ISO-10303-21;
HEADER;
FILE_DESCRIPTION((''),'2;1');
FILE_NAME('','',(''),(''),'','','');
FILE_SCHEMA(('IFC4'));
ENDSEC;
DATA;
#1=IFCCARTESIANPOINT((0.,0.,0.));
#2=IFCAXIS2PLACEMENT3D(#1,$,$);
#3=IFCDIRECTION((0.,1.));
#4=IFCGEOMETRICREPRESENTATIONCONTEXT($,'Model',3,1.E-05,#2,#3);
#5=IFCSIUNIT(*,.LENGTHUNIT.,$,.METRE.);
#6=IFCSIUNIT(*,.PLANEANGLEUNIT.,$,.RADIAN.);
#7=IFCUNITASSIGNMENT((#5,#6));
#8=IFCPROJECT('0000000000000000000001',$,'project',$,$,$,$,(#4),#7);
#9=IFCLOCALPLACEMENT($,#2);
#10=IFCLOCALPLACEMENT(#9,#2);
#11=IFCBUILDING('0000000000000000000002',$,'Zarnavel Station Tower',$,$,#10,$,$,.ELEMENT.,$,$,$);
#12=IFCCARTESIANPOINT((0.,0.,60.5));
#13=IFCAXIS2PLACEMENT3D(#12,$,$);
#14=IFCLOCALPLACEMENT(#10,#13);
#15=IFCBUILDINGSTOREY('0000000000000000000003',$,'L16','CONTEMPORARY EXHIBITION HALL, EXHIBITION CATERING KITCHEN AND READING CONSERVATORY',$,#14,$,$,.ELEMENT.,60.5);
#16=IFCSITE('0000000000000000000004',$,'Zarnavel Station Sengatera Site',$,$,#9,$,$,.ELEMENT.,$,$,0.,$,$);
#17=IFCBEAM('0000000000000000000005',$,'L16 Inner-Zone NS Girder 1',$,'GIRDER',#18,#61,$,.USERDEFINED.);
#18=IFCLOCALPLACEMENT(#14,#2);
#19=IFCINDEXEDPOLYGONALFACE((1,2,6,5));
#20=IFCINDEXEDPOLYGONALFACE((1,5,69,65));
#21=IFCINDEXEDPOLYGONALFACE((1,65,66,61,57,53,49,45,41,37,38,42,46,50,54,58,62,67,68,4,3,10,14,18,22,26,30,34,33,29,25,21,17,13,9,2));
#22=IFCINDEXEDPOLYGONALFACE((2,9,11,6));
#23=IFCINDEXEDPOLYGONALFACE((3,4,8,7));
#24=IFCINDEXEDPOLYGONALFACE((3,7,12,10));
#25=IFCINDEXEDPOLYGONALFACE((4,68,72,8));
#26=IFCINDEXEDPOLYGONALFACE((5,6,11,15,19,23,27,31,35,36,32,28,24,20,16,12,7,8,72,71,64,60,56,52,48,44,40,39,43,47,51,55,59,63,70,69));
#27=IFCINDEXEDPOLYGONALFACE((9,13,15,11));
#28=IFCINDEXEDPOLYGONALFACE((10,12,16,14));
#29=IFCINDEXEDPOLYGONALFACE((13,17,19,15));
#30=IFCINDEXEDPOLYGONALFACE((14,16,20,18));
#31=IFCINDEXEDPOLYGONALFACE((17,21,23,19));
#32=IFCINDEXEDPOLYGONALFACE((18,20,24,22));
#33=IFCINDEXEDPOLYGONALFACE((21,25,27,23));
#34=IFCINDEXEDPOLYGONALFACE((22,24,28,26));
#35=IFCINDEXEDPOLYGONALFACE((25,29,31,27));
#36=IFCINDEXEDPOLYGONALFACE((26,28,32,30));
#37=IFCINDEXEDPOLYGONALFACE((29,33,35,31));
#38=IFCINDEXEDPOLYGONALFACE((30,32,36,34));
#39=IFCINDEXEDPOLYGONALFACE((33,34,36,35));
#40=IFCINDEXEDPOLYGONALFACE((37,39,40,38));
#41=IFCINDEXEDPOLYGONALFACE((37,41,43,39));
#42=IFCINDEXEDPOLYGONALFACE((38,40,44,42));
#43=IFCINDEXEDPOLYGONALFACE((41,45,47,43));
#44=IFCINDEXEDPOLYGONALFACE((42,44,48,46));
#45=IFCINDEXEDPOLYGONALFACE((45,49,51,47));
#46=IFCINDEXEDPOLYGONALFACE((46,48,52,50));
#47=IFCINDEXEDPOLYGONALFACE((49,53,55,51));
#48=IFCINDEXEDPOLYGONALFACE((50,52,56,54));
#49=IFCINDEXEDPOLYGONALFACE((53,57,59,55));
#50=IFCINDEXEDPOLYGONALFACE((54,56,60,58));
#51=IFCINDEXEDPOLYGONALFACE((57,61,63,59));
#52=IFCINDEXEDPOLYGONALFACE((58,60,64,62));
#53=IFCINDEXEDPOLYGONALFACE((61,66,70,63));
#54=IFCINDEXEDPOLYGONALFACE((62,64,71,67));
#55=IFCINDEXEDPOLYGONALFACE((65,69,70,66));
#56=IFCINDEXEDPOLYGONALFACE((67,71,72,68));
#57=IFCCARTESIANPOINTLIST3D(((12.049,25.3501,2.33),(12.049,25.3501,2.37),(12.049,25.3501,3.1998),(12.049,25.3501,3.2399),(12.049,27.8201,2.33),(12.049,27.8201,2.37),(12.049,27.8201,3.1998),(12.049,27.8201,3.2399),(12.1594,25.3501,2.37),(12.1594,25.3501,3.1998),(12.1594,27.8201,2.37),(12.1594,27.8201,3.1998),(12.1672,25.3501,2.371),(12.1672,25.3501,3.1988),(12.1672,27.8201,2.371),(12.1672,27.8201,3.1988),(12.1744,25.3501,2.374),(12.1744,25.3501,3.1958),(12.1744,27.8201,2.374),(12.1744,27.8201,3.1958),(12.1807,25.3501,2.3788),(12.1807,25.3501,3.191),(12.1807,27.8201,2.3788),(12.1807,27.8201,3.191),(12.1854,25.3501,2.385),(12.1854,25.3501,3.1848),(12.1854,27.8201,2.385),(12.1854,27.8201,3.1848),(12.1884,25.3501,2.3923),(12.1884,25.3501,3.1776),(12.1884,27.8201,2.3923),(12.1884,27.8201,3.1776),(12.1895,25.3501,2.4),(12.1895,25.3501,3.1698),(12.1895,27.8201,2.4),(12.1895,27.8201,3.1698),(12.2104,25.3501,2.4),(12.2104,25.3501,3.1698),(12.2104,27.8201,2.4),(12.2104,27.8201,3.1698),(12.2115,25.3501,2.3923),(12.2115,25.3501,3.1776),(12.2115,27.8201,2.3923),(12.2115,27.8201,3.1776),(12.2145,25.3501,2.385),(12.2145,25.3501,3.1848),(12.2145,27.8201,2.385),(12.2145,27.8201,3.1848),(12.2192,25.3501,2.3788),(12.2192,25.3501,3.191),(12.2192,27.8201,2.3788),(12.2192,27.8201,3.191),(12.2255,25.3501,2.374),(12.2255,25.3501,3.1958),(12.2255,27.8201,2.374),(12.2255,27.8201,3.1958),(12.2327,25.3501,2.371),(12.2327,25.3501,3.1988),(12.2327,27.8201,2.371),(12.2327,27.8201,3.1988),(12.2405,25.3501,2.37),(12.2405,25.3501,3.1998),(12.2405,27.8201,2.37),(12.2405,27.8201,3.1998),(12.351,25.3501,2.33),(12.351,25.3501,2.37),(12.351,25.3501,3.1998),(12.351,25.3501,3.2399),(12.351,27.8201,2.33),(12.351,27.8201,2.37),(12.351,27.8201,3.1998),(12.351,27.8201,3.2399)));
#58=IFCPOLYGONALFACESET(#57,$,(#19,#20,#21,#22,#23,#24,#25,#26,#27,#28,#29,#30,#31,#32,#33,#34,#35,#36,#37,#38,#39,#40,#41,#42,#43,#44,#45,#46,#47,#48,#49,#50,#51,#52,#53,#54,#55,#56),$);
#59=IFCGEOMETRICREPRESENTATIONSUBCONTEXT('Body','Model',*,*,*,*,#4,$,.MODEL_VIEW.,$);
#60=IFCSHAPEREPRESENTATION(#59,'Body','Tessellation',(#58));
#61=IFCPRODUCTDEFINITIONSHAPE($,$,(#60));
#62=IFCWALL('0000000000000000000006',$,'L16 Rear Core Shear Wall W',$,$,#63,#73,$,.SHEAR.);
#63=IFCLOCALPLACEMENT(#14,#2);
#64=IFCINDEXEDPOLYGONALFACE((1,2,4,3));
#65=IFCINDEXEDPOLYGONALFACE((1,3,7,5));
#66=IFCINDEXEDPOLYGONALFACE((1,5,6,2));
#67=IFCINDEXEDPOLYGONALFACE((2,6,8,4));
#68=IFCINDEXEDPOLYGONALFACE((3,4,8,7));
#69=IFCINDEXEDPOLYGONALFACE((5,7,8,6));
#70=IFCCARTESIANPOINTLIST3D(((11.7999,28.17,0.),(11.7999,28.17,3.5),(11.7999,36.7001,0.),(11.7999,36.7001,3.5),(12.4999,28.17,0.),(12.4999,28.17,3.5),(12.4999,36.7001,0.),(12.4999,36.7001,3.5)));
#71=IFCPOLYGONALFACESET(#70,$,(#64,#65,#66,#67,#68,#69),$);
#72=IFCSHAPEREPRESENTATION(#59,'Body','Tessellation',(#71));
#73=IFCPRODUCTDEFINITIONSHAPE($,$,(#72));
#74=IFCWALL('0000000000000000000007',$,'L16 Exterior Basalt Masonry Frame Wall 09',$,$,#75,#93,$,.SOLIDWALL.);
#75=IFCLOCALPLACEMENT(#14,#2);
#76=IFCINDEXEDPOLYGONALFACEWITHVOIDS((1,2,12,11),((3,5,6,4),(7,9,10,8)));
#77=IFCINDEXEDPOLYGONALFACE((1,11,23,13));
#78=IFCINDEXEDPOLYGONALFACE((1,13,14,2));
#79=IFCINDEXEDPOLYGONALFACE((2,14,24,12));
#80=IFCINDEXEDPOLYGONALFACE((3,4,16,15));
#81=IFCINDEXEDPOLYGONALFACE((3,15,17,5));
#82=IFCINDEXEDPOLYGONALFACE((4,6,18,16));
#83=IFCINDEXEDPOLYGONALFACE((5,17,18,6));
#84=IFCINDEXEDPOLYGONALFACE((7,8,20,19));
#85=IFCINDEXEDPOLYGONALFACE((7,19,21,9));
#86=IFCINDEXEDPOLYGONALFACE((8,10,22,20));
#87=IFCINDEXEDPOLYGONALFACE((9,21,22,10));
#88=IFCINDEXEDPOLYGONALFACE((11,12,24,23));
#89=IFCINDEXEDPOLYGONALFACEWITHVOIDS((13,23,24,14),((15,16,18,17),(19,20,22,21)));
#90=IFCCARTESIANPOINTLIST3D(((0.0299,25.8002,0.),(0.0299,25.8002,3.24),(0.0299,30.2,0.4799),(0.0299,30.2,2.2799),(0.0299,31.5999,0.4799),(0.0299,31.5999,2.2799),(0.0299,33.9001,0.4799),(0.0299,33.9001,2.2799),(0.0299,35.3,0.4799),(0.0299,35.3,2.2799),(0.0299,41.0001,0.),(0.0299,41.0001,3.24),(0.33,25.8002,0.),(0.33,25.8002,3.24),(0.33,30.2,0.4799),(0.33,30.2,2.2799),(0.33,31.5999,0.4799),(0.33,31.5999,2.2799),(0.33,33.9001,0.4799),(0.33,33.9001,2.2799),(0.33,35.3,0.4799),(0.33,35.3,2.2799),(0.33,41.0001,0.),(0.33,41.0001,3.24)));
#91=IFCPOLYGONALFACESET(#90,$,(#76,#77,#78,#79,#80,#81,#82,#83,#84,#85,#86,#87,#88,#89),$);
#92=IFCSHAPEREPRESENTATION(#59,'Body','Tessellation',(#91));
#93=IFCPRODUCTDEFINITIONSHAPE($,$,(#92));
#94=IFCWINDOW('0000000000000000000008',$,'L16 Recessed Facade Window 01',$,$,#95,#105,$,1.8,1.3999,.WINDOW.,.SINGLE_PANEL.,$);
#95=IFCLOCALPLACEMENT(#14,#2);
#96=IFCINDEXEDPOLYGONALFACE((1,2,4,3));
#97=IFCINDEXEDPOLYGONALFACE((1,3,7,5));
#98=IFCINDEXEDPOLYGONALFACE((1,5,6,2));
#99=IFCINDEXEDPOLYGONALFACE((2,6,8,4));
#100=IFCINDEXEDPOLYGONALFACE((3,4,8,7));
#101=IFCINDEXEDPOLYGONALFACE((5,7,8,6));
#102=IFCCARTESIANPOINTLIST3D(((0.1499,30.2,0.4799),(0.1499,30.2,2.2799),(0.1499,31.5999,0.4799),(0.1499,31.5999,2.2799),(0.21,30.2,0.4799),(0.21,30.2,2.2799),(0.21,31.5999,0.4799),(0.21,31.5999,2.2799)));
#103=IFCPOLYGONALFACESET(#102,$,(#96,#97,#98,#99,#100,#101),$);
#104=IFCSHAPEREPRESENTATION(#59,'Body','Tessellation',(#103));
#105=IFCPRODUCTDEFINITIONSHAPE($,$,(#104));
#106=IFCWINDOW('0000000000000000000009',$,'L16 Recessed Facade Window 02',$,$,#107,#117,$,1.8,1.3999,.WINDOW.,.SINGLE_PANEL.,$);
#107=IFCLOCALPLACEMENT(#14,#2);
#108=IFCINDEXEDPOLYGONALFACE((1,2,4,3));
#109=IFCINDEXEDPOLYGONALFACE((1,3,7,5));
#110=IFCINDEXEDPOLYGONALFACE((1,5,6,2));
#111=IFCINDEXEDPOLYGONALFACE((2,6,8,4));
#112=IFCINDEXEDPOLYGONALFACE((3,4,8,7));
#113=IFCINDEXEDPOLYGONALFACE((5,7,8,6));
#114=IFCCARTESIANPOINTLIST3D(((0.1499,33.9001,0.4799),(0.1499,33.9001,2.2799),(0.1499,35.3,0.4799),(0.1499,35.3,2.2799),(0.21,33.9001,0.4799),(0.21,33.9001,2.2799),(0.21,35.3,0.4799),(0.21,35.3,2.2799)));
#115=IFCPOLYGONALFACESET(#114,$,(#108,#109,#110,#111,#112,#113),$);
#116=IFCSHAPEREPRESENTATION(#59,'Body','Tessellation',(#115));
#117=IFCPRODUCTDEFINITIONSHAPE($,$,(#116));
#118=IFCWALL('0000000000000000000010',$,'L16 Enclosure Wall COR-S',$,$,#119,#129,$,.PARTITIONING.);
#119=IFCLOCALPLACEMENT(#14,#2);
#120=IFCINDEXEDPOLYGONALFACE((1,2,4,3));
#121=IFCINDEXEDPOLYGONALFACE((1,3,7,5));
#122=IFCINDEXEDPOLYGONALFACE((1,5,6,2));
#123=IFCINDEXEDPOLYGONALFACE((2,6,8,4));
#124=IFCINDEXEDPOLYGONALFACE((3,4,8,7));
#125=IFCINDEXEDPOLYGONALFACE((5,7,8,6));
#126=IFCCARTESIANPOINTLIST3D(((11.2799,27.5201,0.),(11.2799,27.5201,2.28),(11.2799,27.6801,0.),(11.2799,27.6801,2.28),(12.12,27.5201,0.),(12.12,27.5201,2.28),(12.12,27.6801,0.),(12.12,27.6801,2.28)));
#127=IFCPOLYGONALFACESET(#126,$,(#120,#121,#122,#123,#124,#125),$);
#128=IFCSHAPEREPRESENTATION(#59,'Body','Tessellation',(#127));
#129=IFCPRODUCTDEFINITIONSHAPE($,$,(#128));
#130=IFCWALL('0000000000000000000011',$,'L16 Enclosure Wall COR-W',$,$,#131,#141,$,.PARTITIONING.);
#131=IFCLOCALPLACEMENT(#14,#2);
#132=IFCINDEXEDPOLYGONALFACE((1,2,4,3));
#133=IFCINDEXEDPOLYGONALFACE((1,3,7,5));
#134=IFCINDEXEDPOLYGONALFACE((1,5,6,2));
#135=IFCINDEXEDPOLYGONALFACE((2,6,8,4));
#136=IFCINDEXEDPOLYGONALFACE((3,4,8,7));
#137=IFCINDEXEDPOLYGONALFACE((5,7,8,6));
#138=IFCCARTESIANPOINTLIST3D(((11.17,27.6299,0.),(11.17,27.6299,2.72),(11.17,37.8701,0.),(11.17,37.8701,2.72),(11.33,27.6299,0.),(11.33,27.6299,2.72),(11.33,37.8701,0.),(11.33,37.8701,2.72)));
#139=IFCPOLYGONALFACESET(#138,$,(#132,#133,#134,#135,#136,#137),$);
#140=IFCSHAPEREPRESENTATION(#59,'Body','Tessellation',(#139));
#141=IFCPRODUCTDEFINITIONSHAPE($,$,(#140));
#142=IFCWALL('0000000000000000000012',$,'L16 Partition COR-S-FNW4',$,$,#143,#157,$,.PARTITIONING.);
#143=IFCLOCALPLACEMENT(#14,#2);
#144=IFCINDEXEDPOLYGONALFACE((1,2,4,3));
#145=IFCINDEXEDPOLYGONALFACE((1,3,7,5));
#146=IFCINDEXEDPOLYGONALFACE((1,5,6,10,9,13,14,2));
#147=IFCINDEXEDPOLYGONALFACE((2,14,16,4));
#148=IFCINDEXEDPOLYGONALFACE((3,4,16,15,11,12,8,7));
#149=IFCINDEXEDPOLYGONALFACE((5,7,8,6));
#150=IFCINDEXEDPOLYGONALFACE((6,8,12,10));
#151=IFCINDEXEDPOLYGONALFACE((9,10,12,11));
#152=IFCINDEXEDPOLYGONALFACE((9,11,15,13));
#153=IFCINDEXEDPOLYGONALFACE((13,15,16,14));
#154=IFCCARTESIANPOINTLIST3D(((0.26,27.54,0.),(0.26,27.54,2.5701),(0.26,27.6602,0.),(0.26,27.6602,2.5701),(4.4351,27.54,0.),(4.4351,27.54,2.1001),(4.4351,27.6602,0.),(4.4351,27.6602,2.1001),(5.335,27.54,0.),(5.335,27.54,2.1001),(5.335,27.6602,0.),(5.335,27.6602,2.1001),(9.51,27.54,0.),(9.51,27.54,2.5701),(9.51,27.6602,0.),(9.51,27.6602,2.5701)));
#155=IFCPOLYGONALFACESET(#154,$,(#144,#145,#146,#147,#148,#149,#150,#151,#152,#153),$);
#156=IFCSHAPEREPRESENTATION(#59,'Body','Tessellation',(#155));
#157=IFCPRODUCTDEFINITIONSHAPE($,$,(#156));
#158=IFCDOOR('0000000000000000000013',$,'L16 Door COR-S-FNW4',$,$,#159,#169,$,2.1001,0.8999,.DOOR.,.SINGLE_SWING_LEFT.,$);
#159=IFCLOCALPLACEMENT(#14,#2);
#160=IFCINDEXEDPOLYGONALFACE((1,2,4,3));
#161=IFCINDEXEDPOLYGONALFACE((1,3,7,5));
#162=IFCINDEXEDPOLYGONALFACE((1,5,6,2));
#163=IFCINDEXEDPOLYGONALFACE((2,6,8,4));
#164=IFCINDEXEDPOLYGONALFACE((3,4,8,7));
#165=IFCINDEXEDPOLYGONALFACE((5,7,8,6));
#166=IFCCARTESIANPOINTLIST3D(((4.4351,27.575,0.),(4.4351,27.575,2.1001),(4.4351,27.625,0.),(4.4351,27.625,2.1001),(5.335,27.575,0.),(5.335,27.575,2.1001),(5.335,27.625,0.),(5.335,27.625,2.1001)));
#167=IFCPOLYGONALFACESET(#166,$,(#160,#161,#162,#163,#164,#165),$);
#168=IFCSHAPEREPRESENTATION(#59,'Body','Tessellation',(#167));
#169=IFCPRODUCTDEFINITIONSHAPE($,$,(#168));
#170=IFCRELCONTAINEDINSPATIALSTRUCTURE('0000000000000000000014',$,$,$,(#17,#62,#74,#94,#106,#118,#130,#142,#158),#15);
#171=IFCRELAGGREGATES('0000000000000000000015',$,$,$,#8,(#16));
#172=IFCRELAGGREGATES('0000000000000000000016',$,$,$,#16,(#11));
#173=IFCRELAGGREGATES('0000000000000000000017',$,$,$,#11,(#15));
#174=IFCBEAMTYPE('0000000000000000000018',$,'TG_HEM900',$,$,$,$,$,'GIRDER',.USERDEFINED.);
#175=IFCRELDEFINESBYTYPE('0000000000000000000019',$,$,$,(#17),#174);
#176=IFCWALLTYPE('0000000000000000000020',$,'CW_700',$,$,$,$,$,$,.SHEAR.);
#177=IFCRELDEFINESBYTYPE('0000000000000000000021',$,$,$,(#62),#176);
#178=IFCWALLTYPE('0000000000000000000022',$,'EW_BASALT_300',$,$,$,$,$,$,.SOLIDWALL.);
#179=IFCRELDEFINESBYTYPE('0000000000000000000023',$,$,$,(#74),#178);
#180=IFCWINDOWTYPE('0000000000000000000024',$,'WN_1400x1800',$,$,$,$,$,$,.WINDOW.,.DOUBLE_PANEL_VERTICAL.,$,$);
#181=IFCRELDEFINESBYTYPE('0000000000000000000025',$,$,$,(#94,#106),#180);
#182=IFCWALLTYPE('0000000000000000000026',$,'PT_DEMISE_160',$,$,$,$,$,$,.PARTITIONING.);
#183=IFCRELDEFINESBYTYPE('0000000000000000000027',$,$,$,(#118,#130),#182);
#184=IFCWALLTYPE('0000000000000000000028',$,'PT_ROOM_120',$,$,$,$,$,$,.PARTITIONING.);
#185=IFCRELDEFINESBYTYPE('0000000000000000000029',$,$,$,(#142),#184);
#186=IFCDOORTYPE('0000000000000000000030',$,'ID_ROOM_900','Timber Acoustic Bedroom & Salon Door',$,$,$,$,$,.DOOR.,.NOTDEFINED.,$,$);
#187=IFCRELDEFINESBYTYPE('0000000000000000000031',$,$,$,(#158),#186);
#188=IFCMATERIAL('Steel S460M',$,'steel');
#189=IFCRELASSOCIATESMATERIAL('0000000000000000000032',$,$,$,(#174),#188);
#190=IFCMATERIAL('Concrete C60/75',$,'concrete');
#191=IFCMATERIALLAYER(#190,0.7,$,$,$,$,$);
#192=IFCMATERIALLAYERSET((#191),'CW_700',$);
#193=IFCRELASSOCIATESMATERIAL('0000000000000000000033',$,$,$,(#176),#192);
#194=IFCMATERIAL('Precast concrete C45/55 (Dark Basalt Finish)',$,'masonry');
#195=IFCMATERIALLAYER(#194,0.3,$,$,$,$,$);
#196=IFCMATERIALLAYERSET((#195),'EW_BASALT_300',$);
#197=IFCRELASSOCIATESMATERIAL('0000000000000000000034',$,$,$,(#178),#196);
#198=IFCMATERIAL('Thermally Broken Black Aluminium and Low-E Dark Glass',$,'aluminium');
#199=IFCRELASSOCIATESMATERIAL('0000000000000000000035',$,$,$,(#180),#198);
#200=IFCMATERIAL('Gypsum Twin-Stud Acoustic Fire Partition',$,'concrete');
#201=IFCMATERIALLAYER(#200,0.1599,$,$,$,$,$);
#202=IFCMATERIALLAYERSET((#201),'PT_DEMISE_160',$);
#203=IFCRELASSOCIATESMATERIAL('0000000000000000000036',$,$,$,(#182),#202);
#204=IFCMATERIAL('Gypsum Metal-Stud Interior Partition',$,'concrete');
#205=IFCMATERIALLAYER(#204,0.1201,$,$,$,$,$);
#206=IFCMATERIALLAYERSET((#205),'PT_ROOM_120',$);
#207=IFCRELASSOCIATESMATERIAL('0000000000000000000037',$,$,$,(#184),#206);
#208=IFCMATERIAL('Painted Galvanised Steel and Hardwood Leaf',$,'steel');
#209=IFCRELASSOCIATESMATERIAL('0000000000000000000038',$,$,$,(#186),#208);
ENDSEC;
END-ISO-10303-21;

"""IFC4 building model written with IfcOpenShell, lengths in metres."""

from ifc_helpers import new_model, si_unit, direction, frame, frame_2d, origin, origin_2d, place, context, subcontext, project, spatial, rectangle, i_section, extrude, material, layer, layer_set, material_profile, profile_set, type_object, element, fill, save


model = new_model("IFC4")

# Units and contexts
model_context = context("Model", 3, precision=1e-05, world=origin(), true_north=direction((0.0, 1.0)))
body_context = subcontext(model_context, "Body", "Model", "MODEL_VIEW")
ifc_project = project(units=[si_unit("LENGTHUNIT", "METRE"), si_unit("PLANEANGLEUNIT", "RADIAN")], contexts=[model_context])

# Site, building, storey
site_placement = place(None, origin())
site = spatial("IfcSite", under=ifc_project, at=site_placement, Name="Zarnavel Station Sengatera Site", CompositionType="ELEMENT", RefElevation=0.0)
building_placement = place(site_placement, origin())
building = spatial("IfcBuilding", under=site, at=building_placement, Name="Zarnavel Station Tower", CompositionType="ELEMENT")
storey_placement = place(building_placement, frame((0.0, 0.0, 60.5)))
storey = spatial("IfcBuildingStorey", under=building, at=storey_placement, Name="L16", Description="CONTEMPORARY EXHIBITION HALL, EXHIBITION CATERING KITCHEN AND READING CONSERVATORY", CompositionType="ELEMENT", Elevation=60.5)

# Beam
ifc_material_1 = material(Name="Steel S460M", Category="steel")
ifc_material_profile_1 = material_profile(ifc_material_1, i_section(OverallWidth=0.302, OverallDepth=0.9099, WebThickness=0.021, FlangeThickness=0.04, FilletRadius=0.03, at=origin_2d()), Name="HEM900")
ifc_profile_set_1 = profile_set([ifc_material_profile_1], Name="Steel S460M")
beam_type_1 = type_object("IfcBeamType", Name="TG_HEM900", ElementType="GIRDER", PredefinedType="USERDEFINED", material=ifc_profile_set_1)
beam_1_placement = place(storey_placement, frame((12.2, 25.3501, 2.7849), z_axis=(0.0, 1.0, 0.0), x_axis=(-1.0, 0.0, 0.0)))
element("IfcBeam", 1, at=beam_1_placement, inside=storey, type_object=beam_type_1, Name="L16 Inner-Zone NS Girder 1", ObjectType="GIRDER", PredefinedType="USERDEFINED", context=body_context, shape_type="SweptSolid", body=[
    extrude(i_section(OverallWidth=0.302, OverallDepth=0.9099, WebThickness=0.021, FlangeThickness=0.04, FilletRadius=0.03, at=origin_2d()), origin(), (0.0, 0.0, 1.0), 2.47),
])

# Wall
ifc_material_2 = material(Name="Concrete C60/75", Category="concrete")
ifc_layer_1 = layer(ifc_material_2, 0.7)
ifc_layer_set_1 = layer_set([ifc_layer_1], Name="CW_700")
wall_type_1 = type_object("IfcWallType", Name="CW_700", PredefinedType="SHEAR", material=ifc_layer_set_1)
wall_1_placement = place(storey_placement, frame((12.1499, 28.1699, 0.0), z_axis=(0.0, 0.0, 1.0), x_axis=(0.0, 1.0, 0.0)))
element("IfcWall", 2, at=wall_1_placement, inside=storey, type_object=wall_type_1, Name="L16 Rear Core Shear Wall W", PredefinedType="SHEAR", context=body_context, shape_type="SweptSolid", body=[
    extrude(rectangle(XDim=8.53, YDim=0.7, at=frame_2d((4.2651, 0.0))), origin(), (0.0, 0.0, 1.0), 3.5),
])

# Wall, openings, windows
ifc_material_3 = material(Name="Precast concrete C45/55 (Dark Basalt Finish)", Category="masonry")
ifc_layer_2 = layer(ifc_material_3, 0.3)
ifc_layer_set_2 = layer_set([ifc_layer_2], Name="EW_BASALT_300")
wall_type_2 = type_object("IfcWallType", Name="EW_BASALT_300", PredefinedType="SOLIDWALL", material=ifc_layer_set_2)
wall_2_placement = place(storey_placement, frame((0.1799, 25.8, 0.0), z_axis=(0.0, 0.0, 1.0), x_axis=(0.0, 1.0, 0.0)))
wall_2 = element("IfcWall", 3, at=wall_2_placement, inside=storey, type_object=wall_type_2, Name="L16 Exterior Basalt Masonry Frame Wall 09", PredefinedType="SOLIDWALL", context=body_context, shape_type="SweptSolid", body=[
    extrude(rectangle(XDim=15.2, YDim=0.3, at=frame_2d((7.6001, 0.0))), origin(), (0.0, 0.0, 1.0), 3.24),
])
opening_1_placement = place(wall_2_placement, frame((4.3999, 0.0, 0.48)))
opening_1 = element("IfcOpeningElement", 4, at=opening_1_placement, cuts=wall_2, PredefinedType="OPENING", context=body_context, shape_type="SweptSolid", body=[
    extrude(rectangle(XDim=1.3999, YDim=1.8, at=frame_2d((0.7, 0.8999))), frame((0.0, 0.1599, 0.0), z_axis=(0.0, -1.0, 0.0), x_axis=(1.0, 0.0, 0.0)), (0.0, 0.0, 1.0), 0.3201),
])
opening_2_placement = place(wall_2_placement, frame((8.1001, 0.0, 0.48)))
opening_2 = element("IfcOpeningElement", 5, at=opening_2_placement, cuts=wall_2, PredefinedType="OPENING", context=body_context, shape_type="SweptSolid", body=[
    extrude(rectangle(XDim=1.3999, YDim=1.8, at=frame_2d((0.7, 0.8999))), frame((0.0, 0.1599, 0.0), z_axis=(0.0, -1.0, 0.0), x_axis=(1.0, 0.0, 0.0)), (0.0, 0.0, 1.0), 0.3201),
])
ifc_material_4 = material(Name="Thermally Broken Black Aluminium and Low-E Dark Glass", Category="aluminium")
window_type = type_object("IfcWindowType", Name="WN_1400x1800", PartitioningType="DOUBLE_PANEL_VERTICAL", PredefinedType="WINDOW", material=ifc_material_4)
window_1_placement = place(opening_1_placement, origin())
window_1 = element("IfcWindow", 6, at=window_1_placement, inside=storey, type_object=window_type, Name="L16 Recessed Facade Window 01", OverallHeight=1.8, OverallWidth=1.3999, PartitioningType="SINGLE_PANEL", PredefinedType="WINDOW", context=body_context, shape_type="SweptSolid", body=[
    extrude(rectangle(XDim=1.3999, YDim=1.8, at=frame_2d((0.7, 0.8999))), frame((0.0, 0.03, 0.0), z_axis=(0.0, -1.0, 0.0), x_axis=(1.0, 0.0, 0.0)), (0.0, 0.0, 1.0), 0.0601),
])
fill(opening_1, window_1)
window_2_placement = place(opening_2_placement, origin())
window_2 = element("IfcWindow", 7, at=window_2_placement, inside=storey, type_object=window_type, Name="L16 Recessed Facade Window 02", OverallHeight=1.8, OverallWidth=1.3999, PartitioningType="SINGLE_PANEL", PredefinedType="WINDOW", context=body_context, shape_type="SweptSolid", body=[
    extrude(rectangle(XDim=1.3999, YDim=1.8, at=frame_2d((0.7, 0.8999))), frame((0.0, 0.03, 0.0), z_axis=(0.0, -1.0, 0.0), x_axis=(1.0, 0.0, 0.0)), (0.0, 0.0, 1.0), 0.0601),
])
fill(opening_2, window_2)

# Walls
ifc_material_5 = material(Name="Gypsum Twin-Stud Acoustic Fire Partition", Category="concrete")
ifc_layer_3 = layer(ifc_material_5, 0.1599)
ifc_layer_set_3 = layer_set([ifc_layer_3], Name="PT_DEMISE_160")
wall_type_3 = type_object("IfcWallType", Name="PT_DEMISE_160", PredefinedType="PARTITIONING", material=ifc_layer_set_3)
wall_3_placement = place(storey_placement, frame((11.28, 27.6001, 0.0), z_axis=(0.0, 0.0, 1.0), x_axis=(1.0, 0.0, 0.0)))
element("IfcWall", 8, at=wall_3_placement, inside=storey, type_object=wall_type_3, Name="L16 Enclosure Wall COR-S", PredefinedType="PARTITIONING", context=body_context, shape_type="SweptSolid", body=[
    extrude(rectangle(XDim=0.8401, YDim=0.1599, at=frame_2d((0.4199, 0.0))), origin(), (0.0, 0.0, 1.0), 2.28),
])
wall_4_placement = place(storey_placement, frame((11.25, 27.6299, 0.0), z_axis=(0.0, 0.0, 1.0), x_axis=(0.0, 1.0, 0.0)))
element("IfcWall", 9, at=wall_4_placement, inside=storey, type_object=wall_type_3, Name="L16 Enclosure Wall COR-W", PredefinedType="PARTITIONING", context=body_context, shape_type="SweptSolid", body=[
    extrude(rectangle(XDim=10.2402, YDim=0.1599, at=frame_2d((5.1201, 0.0))), origin(), (0.0, 0.0, 1.0), 2.72),
])

# Wall, opening, door
ifc_material_6 = material(Name="Gypsum Metal-Stud Interior Partition", Category="concrete")
ifc_layer_4 = layer(ifc_material_6, 0.1201)
ifc_layer_set_4 = layer_set([ifc_layer_4], Name="PT_ROOM_120")
wall_type_4 = type_object("IfcWallType", Name="PT_ROOM_120", PredefinedType="PARTITIONING", material=ifc_layer_set_4)
wall_5_placement = place(storey_placement, frame((0.26, 27.6001, 0.0), z_axis=(0.0, 0.0, 1.0), x_axis=(1.0, 0.0, 0.0)))
wall_5 = element("IfcWall", 10, at=wall_5_placement, inside=storey, type_object=wall_type_4, Name="L16 Partition COR-S-FNW4", PredefinedType="PARTITIONING", context=body_context, shape_type="SweptSolid", body=[
    extrude(rectangle(XDim=9.25, YDim=0.1201, at=frame_2d((4.625, 0.0))), origin(), (0.0, 0.0, 1.0), 2.5701),
])
opening_3_placement = place(wall_5_placement, frame((4.175, 0.0, 0.0)))
opening_3 = element("IfcOpeningElement", 11, at=opening_3_placement, cuts=wall_5, PredefinedType="OPENING", context=body_context, shape_type="SweptSolid", body=[
    extrude(rectangle(XDim=0.8999, YDim=2.1001, at=frame_2d((0.45, 1.05))), frame((0.0, 0.0701, 0.0), z_axis=(0.0, -1.0, 0.0), x_axis=(1.0, 0.0, 0.0)), (0.0, 0.0, 1.0), 0.1401),
])
ifc_material_7 = material(Name="Painted Galvanised Steel and Hardwood Leaf", Category="steel")
door_type = type_object("IfcDoorType", Name="ID_ROOM_900", Description="Timber Acoustic Bedroom & Salon Door", OperationType="NOTDEFINED", PredefinedType="DOOR", material=ifc_material_7)
door_1_placement = place(opening_3_placement, origin())
door_1 = element("IfcDoor", 12, at=door_1_placement, inside=storey, type_object=door_type, Name="L16 Door COR-S-FNW4", OperationType="SINGLE_SWING_LEFT", OverallHeight=2.1001, OverallWidth=0.8999, PredefinedType="DOOR", context=body_context, shape_type="SweptSolid", body=[
    extrude(rectangle(XDim=0.8999, YDim=2.1001, at=frame_2d((0.45, 1.05))), frame((0.0, 0.0249, 0.0), z_axis=(0.0, -1.0, 0.0), x_axis=(1.0, 0.0, 0.0)), (0.0, 0.0, 1.0), 0.05),
])
fill(opening_3, door_1)

save(model, "model.ifc")
